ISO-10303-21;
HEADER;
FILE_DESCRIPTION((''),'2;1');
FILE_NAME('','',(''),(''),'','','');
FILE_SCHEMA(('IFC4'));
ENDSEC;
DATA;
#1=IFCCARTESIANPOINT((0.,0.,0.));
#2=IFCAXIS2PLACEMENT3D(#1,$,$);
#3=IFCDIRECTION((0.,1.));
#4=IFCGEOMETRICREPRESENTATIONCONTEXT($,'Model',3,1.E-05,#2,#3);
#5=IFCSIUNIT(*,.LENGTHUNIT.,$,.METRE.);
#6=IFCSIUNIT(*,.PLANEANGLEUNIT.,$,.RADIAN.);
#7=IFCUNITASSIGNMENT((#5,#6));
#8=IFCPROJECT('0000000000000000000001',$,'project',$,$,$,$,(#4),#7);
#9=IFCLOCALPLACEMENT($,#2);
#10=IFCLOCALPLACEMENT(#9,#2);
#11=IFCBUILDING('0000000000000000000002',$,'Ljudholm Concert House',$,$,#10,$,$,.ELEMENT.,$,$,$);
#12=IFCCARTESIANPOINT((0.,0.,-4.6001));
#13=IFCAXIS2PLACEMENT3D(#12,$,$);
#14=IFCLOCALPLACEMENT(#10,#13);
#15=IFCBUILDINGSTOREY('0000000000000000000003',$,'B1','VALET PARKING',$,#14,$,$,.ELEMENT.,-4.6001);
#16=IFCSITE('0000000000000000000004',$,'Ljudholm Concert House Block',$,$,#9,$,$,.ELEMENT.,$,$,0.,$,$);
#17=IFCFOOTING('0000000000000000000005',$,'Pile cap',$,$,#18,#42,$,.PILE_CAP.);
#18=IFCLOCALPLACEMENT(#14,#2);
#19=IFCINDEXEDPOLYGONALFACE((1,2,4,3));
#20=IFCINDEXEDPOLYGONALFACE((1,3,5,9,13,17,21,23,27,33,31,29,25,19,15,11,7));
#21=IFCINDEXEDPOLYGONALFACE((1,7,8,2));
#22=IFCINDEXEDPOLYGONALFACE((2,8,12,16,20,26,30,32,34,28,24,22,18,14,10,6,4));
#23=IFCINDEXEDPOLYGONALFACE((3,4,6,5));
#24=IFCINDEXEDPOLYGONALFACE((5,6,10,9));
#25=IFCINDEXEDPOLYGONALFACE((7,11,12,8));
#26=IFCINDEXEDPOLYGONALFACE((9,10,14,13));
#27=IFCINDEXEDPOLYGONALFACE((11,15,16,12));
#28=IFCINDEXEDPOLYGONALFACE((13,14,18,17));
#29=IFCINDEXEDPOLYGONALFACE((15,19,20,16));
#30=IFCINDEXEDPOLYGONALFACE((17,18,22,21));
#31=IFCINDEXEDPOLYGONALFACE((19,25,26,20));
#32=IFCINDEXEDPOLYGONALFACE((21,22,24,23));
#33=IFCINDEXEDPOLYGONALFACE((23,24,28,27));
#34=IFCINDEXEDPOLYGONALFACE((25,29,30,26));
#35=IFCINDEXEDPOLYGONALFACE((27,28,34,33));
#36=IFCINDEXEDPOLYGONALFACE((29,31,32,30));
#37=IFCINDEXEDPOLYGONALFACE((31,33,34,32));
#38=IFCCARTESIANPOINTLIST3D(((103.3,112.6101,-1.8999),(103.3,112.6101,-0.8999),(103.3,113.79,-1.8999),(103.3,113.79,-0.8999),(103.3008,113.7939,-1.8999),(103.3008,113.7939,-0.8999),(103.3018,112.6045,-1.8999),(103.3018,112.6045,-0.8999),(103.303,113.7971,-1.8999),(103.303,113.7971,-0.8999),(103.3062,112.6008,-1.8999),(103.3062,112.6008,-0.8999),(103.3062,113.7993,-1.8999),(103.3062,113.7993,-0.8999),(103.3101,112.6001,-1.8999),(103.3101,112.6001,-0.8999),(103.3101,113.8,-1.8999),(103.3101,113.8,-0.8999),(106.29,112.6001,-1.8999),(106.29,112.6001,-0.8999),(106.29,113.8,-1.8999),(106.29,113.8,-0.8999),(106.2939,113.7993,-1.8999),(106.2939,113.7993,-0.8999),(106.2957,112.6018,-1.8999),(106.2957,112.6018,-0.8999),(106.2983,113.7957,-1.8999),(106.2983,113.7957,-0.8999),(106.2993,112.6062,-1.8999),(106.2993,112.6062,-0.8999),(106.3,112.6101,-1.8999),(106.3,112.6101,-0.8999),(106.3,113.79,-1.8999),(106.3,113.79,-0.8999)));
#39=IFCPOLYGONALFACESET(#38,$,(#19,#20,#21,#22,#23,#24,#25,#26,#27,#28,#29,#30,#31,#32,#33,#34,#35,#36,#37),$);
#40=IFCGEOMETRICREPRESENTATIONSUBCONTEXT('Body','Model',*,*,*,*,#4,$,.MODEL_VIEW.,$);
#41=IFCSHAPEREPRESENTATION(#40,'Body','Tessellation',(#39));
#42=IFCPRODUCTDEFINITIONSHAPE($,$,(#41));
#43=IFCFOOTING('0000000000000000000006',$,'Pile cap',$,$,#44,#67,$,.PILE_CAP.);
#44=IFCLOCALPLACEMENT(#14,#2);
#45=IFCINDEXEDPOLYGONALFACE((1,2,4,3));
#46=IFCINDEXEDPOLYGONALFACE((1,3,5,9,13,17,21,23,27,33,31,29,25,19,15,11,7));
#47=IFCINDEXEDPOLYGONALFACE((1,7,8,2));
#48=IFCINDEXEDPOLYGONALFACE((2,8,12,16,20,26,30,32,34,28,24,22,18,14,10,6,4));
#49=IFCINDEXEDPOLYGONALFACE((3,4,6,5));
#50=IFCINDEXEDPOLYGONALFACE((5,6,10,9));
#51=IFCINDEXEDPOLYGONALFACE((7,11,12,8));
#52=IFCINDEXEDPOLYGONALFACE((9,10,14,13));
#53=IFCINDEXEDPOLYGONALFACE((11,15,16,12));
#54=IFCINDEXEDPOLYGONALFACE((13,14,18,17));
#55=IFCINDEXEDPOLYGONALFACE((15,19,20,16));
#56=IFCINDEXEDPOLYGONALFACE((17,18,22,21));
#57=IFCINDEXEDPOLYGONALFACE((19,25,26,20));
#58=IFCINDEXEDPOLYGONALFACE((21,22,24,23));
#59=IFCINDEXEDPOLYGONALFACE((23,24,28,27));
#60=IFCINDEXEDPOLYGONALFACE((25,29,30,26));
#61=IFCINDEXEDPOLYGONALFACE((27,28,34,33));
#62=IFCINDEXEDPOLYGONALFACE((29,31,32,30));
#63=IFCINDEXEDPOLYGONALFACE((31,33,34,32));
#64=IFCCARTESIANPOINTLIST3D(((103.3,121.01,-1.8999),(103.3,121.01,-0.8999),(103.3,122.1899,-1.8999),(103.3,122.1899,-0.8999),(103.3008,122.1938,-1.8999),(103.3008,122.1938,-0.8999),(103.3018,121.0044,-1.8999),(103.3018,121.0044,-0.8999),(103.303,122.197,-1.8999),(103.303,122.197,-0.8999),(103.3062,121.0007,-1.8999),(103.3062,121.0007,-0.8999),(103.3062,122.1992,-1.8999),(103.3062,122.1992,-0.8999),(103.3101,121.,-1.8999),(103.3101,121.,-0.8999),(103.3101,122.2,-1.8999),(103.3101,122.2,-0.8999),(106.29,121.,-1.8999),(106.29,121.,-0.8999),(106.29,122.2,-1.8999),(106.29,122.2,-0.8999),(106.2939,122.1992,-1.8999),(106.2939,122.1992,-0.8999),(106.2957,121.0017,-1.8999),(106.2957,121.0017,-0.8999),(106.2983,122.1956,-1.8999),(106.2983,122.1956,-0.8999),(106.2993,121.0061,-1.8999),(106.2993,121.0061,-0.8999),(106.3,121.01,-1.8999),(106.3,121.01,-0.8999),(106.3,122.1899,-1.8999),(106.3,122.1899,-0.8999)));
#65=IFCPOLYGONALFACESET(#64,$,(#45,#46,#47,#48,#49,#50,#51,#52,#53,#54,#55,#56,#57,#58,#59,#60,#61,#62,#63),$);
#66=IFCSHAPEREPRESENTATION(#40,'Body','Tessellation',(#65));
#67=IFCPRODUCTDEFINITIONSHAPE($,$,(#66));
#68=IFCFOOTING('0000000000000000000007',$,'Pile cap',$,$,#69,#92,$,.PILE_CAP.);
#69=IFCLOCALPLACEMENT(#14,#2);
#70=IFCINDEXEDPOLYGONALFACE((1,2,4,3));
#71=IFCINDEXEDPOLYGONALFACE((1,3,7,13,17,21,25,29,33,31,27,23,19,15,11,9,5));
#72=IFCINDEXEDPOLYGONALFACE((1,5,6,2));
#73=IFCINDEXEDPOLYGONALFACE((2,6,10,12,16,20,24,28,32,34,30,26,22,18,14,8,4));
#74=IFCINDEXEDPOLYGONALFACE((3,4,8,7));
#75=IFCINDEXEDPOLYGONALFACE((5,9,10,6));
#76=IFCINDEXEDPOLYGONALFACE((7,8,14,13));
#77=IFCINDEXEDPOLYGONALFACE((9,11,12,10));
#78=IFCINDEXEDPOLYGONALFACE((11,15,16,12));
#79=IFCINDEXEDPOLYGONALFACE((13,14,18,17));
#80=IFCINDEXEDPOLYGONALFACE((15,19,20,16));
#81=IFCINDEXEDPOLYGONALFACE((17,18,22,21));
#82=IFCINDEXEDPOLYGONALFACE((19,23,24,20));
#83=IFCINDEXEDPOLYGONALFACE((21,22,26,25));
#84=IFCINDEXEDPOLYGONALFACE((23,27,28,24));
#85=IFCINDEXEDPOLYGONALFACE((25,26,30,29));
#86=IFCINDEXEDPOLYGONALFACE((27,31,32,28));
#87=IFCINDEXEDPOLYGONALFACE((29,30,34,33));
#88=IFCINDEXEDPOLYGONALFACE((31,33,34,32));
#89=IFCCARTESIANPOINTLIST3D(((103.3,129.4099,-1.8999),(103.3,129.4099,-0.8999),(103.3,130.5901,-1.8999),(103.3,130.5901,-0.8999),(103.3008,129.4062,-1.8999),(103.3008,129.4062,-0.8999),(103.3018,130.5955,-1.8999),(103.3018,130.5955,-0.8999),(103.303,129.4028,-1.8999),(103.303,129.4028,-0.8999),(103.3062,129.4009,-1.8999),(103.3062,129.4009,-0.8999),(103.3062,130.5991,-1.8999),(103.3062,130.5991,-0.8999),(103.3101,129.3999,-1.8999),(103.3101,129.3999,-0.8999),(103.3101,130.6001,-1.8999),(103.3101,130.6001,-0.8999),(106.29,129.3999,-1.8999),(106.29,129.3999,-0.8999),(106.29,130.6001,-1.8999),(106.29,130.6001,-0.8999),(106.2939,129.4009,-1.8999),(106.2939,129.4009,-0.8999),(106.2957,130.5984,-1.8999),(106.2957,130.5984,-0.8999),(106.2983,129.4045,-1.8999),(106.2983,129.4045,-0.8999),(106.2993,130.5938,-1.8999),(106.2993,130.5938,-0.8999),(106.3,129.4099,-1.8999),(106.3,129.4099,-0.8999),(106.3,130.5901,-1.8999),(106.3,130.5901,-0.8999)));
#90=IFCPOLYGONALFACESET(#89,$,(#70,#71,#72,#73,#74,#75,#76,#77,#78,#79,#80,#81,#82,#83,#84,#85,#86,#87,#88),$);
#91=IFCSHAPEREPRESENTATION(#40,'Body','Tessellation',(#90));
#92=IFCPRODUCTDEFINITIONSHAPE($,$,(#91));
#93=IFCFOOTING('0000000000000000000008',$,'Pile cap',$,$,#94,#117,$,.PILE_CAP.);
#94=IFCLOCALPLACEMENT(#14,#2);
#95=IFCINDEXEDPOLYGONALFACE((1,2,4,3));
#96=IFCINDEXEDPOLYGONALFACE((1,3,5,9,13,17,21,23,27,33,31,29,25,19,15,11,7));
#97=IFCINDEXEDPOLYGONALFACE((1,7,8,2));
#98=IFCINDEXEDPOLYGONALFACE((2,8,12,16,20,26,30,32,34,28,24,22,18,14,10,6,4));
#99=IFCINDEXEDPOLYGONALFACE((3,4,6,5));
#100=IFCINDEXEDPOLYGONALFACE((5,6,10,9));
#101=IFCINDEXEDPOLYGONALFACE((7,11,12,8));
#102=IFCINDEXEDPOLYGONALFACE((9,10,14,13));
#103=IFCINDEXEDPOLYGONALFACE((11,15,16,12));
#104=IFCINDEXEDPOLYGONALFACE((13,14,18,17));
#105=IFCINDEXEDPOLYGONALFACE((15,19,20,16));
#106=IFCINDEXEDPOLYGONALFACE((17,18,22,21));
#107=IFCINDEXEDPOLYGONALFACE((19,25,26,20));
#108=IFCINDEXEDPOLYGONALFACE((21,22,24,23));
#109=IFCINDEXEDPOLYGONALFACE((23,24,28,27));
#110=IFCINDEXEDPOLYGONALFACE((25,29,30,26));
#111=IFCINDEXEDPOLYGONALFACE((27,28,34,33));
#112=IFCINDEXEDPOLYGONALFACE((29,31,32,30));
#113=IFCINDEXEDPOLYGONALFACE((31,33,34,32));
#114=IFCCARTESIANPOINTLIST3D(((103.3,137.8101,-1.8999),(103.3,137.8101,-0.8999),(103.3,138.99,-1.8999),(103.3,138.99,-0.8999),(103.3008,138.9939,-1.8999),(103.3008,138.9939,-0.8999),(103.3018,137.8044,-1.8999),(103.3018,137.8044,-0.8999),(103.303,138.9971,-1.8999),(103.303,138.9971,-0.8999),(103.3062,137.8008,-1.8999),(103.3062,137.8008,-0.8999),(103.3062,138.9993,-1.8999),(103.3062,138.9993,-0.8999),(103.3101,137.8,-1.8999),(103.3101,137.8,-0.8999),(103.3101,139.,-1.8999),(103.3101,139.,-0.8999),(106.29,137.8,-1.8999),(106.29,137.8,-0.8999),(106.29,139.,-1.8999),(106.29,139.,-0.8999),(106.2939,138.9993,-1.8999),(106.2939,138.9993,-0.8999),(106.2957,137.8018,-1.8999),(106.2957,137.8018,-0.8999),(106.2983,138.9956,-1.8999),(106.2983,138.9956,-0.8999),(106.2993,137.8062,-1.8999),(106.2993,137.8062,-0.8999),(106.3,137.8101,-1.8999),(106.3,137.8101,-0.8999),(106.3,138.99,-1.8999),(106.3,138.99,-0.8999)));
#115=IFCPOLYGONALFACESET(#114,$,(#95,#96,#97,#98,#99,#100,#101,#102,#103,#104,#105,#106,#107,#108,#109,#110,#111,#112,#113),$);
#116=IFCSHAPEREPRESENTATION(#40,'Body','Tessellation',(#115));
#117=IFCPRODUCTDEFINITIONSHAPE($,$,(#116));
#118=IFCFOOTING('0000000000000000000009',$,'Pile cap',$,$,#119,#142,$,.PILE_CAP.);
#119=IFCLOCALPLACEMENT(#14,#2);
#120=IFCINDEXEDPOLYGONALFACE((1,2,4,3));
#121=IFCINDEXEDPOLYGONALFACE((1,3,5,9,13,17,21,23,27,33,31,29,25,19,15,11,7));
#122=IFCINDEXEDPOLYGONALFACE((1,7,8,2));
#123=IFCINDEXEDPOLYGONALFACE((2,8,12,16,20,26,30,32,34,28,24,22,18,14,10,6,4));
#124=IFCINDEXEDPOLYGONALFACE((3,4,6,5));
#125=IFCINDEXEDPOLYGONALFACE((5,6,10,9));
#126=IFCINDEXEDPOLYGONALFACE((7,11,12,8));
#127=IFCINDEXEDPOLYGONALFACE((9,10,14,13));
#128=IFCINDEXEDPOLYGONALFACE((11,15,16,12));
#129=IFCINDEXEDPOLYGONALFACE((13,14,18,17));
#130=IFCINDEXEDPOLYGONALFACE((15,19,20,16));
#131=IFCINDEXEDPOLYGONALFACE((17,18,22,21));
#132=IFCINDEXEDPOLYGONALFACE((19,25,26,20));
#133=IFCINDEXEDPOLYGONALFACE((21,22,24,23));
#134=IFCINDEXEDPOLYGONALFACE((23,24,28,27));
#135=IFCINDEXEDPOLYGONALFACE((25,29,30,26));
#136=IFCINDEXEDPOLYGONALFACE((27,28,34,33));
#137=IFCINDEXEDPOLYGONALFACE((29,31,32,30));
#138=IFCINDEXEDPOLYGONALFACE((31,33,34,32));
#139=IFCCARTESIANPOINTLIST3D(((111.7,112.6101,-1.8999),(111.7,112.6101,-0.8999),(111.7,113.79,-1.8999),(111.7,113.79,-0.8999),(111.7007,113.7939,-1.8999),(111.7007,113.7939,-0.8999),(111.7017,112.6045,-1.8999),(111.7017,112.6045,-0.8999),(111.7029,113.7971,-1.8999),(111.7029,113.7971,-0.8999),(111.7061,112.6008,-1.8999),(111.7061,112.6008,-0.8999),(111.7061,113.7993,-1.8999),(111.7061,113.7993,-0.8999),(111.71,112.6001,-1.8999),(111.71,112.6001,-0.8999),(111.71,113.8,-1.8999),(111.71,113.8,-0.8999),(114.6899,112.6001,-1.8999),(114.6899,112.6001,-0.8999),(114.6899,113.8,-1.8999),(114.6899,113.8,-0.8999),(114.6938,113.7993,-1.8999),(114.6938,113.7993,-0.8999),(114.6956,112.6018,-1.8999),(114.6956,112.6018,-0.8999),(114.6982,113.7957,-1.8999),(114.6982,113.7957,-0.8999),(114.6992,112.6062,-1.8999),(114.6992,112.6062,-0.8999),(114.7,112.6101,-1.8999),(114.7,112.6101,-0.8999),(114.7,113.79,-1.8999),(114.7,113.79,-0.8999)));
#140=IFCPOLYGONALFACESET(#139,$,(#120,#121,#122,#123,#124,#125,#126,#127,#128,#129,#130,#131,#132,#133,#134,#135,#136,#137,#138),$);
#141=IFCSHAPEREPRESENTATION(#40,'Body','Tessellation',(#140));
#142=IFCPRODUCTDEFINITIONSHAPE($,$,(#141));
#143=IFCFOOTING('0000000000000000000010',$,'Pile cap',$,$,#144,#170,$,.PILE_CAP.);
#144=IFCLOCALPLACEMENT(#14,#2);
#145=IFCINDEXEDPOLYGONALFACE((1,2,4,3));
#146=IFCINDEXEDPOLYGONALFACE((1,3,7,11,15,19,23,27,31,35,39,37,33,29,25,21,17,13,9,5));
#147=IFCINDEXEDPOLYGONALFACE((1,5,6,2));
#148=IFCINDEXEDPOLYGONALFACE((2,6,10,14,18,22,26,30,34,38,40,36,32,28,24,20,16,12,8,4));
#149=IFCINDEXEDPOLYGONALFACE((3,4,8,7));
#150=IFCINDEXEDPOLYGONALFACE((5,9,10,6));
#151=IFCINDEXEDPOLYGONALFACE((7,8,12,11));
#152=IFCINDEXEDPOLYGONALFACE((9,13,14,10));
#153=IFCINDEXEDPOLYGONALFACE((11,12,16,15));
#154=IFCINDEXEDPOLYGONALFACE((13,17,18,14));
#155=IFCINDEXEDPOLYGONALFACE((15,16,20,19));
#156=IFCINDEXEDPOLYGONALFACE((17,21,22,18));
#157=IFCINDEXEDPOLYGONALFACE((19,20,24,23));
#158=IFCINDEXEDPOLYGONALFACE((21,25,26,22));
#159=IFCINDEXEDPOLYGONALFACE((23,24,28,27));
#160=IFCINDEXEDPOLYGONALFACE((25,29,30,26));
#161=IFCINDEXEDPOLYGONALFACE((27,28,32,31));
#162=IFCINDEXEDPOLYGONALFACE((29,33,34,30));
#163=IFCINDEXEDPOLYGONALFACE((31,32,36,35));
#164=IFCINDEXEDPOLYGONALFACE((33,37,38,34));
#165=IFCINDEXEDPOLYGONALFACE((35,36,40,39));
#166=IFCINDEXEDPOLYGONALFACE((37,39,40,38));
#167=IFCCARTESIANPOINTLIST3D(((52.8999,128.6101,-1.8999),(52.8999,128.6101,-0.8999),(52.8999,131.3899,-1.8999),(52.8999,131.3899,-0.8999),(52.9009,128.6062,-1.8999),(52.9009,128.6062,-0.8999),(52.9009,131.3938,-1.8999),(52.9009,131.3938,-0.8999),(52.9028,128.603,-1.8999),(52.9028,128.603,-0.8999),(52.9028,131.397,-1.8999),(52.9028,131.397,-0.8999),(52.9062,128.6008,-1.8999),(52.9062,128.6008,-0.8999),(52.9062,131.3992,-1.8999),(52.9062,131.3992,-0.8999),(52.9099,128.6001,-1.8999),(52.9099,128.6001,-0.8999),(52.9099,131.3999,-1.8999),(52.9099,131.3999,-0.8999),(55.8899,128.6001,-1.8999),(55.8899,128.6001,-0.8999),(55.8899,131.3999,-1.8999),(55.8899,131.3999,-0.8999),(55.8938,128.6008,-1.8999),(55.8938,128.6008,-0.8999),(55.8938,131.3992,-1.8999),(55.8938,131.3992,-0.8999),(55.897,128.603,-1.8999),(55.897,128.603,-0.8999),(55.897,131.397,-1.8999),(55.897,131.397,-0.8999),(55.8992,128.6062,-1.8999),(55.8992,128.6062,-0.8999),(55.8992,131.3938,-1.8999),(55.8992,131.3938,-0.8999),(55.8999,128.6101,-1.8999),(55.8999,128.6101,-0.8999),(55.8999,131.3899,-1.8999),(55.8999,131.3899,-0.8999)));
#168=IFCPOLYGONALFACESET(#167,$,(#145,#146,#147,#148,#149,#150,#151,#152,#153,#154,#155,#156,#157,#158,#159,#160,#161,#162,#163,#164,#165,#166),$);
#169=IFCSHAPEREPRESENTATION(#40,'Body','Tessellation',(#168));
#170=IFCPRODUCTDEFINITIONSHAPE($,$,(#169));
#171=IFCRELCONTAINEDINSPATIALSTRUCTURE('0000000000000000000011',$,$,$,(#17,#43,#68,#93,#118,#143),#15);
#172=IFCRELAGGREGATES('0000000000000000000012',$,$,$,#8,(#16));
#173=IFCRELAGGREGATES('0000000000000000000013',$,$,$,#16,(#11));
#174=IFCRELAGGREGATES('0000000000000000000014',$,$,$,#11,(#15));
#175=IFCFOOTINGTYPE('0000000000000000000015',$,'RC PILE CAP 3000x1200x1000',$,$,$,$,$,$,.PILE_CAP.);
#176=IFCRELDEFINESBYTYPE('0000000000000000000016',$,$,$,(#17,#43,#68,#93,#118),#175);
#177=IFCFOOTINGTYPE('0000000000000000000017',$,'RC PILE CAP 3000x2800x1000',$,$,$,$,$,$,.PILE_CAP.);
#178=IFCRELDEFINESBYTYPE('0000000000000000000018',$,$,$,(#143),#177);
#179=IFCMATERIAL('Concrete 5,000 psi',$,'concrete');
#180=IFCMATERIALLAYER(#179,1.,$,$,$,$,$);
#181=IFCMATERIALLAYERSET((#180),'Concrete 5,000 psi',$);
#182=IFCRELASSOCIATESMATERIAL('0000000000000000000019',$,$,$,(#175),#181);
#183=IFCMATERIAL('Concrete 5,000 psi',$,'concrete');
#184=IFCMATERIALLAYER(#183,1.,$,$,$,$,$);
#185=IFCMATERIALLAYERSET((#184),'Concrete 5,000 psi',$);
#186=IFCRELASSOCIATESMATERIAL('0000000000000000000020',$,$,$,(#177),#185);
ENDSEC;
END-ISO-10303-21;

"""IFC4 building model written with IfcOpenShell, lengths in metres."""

from ifc_helpers import new_model, si_unit, direction, frame, origin, place, context, subcontext, project, spatial, polyline, outline, extrude, material, layer, layer_set, type_object, element, save


model = new_model("IFC4")

# Units and contexts
model_context = context("Model", 3, precision=1e-05, world=origin(), true_north=direction((0.0, 1.0)))
body_context = subcontext(model_context, "Body", "Model", "MODEL_VIEW")
ifc_project = project(units=[si_unit("LENGTHUNIT", "METRE"), si_unit("PLANEANGLEUNIT", "RADIAN")], contexts=[model_context])

# Site, building, storey
site_placement = place(None, origin())
site = spatial("IfcSite", under=ifc_project, at=site_placement, Name="Ljudholm Concert House Block", CompositionType="ELEMENT", RefElevation=0.0)
building_placement = place(site_placement, origin())
building = spatial("IfcBuilding", under=site, at=building_placement, Name="Ljudholm Concert House", CompositionType="ELEMENT")
storey_placement = place(building_placement, frame((0.0, 0.0, -4.6001)))
storey = spatial("IfcBuildingStorey", under=building, at=storey_placement, Name="B1", Description="VALET PARKING", CompositionType="ELEMENT", Elevation=-4.6001)

# Footings
ifc_material_1 = material(Name="Concrete 5,000 psi", Category="concrete")
ifc_layer_1 = layer(ifc_material_1, 1.0)
ifc_layer_set_1 = layer_set([ifc_layer_1], Name="Concrete 5,000 psi")
footing_type_1 = type_object("IfcFootingType", Name="RC PILE CAP 3000x1200x1000", PredefinedType="PILE_CAP", material=ifc_layer_set_1)
footing_1_placement = place(storey_placement, frame((0.0, 0.0, -1.8999)))
element("IfcFooting", 1, at=footing_1_placement, inside=storey, type_object=footing_type_1, Name="Pile cap", PredefinedType="PILE_CAP", context=body_context, shape_type="SweptSolid", body=[
    extrude(outline(polyline([(103.3, 113.79), (103.3, 112.6101), (103.3018, 112.6045), (103.3062, 112.6008), (103.3101, 112.6001), (106.29, 112.6001), (106.2957, 112.6018), (106.2993, 112.6062), (106.3, 112.6101), (106.3, 113.79), (106.2983, 113.7957), (106.2939, 113.7993), (106.29, 113.8), (103.3101, 113.8), (103.3062, 113.7993), (103.303, 113.7971), (103.3008, 113.7939), (103.3, 113.79)])), origin(), (0.0, 0.0, 1.0), 1.0),
])
footing_2_placement = place(storey_placement, frame((0.0, 0.0, -1.8999)))
element("IfcFooting", 2, at=footing_2_placement, inside=storey, type_object=footing_type_1, Name="Pile cap", PredefinedType="PILE_CAP", context=body_context, shape_type="SweptSolid", body=[
    extrude(outline(polyline([(103.3, 122.1899), (103.3, 121.01), (103.3018, 121.0044), (103.3062, 121.0007), (103.3101, 121.0), (106.29, 121.0), (106.2957, 121.0017), (106.2993, 121.0061), (106.3, 121.01), (106.3, 122.1899), (106.2983, 122.1956), (106.2939, 122.1992), (106.29, 122.2), (103.3101, 122.2), (103.3062, 122.1992), (103.303, 122.197), (103.3008, 122.1938), (103.3, 122.1899)])), origin(), (0.0, 0.0, 1.0), 1.0),
])
footing_3_placement = place(storey_placement, frame((0.0, 0.0, -1.8999)))
element("IfcFooting", 3, at=footing_3_placement, inside=storey, type_object=footing_type_1, Name="Pile cap", PredefinedType="PILE_CAP", context=body_context, shape_type="SweptSolid", body=[
    extrude(outline(polyline([(103.3101, 129.3999), (106.29, 129.3999), (106.2939, 129.4009), (106.2983, 129.4045), (106.3, 129.4099), (106.3, 130.5901), (106.2993, 130.5938), (106.2957, 130.5984), (106.29, 130.6001), (103.3101, 130.6001), (103.3062, 130.5991), (103.3018, 130.5955), (103.3, 130.5901), (103.3, 129.4099), (103.3008, 129.4062), (103.303, 129.4028), (103.3062, 129.4009), (103.3101, 129.3999)])), origin(), (0.0, 0.0, 1.0), 1.0),
])
footing_4_placement = place(storey_placement, frame((0.0, 0.0, -1.8999)))
element("IfcFooting", 4, at=footing_4_placement, inside=storey, type_object=footing_type_1, Name="Pile cap", PredefinedType="PILE_CAP", context=body_context, shape_type="SweptSolid", body=[
    extrude(outline(polyline([(103.3, 138.99), (103.3, 137.8101), (103.3018, 137.8044), (103.3062, 137.8008), (103.3101, 137.8), (106.29, 137.8), (106.2957, 137.8018), (106.2993, 137.8062), (106.3, 137.8101), (106.3, 138.99), (106.2983, 138.9956), (106.2939, 138.9993), (106.29, 139.0), (103.3101, 139.0), (103.3062, 138.9993), (103.303, 138.9971), (103.3008, 138.9939), (103.3, 138.99)])), origin(), (0.0, 0.0, 1.0), 1.0),
])
footing_5_placement = place(storey_placement, frame((0.0, 0.0, -1.8999)))
element("IfcFooting", 5, at=footing_5_placement, inside=storey, type_object=footing_type_1, Name="Pile cap", PredefinedType="PILE_CAP", context=body_context, shape_type="SweptSolid", body=[
    extrude(outline(polyline([(111.7, 113.79), (111.7, 112.6101), (111.7017, 112.6045), (111.7061, 112.6008), (111.71, 112.6001), (114.6899, 112.6001), (114.6956, 112.6018), (114.6992, 112.6062), (114.7, 112.6101), (114.7, 113.79), (114.6982, 113.7957), (114.6938, 113.7993), (114.6899, 113.8), (111.71, 113.8), (111.7061, 113.7993), (111.7029, 113.7971), (111.7007, 113.7939), (111.7, 113.79)])), origin(), (0.0, 0.0, 1.0), 1.0),
])
ifc_material_2 = material(Name="Concrete 5,000 psi", Category="concrete")
ifc_layer_2 = layer(ifc_material_2, 1.0)
ifc_layer_set_2 = layer_set([ifc_layer_2], Name="Concrete 5,000 psi")
footing_type_2 = type_object("IfcFootingType", Name="RC PILE CAP 3000x2800x1000", PredefinedType="PILE_CAP", material=ifc_layer_set_2)
footing_6_placement = place(storey_placement, frame((0.0, 0.0, -1.8999)))
element("IfcFooting", 6, at=footing_6_placement, inside=storey, type_object=footing_type_2, Name="Pile cap", PredefinedType="PILE_CAP", context=body_context, shape_type="SweptSolid", body=[
    extrude(outline(polyline([(52.9099, 128.6001), (55.8899, 128.6001), (55.8938, 128.6008), (55.897, 128.603), (55.8992, 128.6062), (55.8999, 128.6101), (55.8999, 131.3899), (55.8992, 131.3938), (55.897, 131.397), (55.8938, 131.3992), (55.8899, 131.3999), (52.9099, 131.3999), (52.9062, 131.3992), (52.9028, 131.397), (52.9009, 131.3938), (52.8999, 131.3899), (52.8999, 128.6101), (52.9009, 128.6062), (52.9028, 128.603), (52.9062, 128.6008), (52.9099, 128.6001)])), origin(), (0.0, 0.0, 1.0), 1.0),
])

save(model, "model.ifc")
